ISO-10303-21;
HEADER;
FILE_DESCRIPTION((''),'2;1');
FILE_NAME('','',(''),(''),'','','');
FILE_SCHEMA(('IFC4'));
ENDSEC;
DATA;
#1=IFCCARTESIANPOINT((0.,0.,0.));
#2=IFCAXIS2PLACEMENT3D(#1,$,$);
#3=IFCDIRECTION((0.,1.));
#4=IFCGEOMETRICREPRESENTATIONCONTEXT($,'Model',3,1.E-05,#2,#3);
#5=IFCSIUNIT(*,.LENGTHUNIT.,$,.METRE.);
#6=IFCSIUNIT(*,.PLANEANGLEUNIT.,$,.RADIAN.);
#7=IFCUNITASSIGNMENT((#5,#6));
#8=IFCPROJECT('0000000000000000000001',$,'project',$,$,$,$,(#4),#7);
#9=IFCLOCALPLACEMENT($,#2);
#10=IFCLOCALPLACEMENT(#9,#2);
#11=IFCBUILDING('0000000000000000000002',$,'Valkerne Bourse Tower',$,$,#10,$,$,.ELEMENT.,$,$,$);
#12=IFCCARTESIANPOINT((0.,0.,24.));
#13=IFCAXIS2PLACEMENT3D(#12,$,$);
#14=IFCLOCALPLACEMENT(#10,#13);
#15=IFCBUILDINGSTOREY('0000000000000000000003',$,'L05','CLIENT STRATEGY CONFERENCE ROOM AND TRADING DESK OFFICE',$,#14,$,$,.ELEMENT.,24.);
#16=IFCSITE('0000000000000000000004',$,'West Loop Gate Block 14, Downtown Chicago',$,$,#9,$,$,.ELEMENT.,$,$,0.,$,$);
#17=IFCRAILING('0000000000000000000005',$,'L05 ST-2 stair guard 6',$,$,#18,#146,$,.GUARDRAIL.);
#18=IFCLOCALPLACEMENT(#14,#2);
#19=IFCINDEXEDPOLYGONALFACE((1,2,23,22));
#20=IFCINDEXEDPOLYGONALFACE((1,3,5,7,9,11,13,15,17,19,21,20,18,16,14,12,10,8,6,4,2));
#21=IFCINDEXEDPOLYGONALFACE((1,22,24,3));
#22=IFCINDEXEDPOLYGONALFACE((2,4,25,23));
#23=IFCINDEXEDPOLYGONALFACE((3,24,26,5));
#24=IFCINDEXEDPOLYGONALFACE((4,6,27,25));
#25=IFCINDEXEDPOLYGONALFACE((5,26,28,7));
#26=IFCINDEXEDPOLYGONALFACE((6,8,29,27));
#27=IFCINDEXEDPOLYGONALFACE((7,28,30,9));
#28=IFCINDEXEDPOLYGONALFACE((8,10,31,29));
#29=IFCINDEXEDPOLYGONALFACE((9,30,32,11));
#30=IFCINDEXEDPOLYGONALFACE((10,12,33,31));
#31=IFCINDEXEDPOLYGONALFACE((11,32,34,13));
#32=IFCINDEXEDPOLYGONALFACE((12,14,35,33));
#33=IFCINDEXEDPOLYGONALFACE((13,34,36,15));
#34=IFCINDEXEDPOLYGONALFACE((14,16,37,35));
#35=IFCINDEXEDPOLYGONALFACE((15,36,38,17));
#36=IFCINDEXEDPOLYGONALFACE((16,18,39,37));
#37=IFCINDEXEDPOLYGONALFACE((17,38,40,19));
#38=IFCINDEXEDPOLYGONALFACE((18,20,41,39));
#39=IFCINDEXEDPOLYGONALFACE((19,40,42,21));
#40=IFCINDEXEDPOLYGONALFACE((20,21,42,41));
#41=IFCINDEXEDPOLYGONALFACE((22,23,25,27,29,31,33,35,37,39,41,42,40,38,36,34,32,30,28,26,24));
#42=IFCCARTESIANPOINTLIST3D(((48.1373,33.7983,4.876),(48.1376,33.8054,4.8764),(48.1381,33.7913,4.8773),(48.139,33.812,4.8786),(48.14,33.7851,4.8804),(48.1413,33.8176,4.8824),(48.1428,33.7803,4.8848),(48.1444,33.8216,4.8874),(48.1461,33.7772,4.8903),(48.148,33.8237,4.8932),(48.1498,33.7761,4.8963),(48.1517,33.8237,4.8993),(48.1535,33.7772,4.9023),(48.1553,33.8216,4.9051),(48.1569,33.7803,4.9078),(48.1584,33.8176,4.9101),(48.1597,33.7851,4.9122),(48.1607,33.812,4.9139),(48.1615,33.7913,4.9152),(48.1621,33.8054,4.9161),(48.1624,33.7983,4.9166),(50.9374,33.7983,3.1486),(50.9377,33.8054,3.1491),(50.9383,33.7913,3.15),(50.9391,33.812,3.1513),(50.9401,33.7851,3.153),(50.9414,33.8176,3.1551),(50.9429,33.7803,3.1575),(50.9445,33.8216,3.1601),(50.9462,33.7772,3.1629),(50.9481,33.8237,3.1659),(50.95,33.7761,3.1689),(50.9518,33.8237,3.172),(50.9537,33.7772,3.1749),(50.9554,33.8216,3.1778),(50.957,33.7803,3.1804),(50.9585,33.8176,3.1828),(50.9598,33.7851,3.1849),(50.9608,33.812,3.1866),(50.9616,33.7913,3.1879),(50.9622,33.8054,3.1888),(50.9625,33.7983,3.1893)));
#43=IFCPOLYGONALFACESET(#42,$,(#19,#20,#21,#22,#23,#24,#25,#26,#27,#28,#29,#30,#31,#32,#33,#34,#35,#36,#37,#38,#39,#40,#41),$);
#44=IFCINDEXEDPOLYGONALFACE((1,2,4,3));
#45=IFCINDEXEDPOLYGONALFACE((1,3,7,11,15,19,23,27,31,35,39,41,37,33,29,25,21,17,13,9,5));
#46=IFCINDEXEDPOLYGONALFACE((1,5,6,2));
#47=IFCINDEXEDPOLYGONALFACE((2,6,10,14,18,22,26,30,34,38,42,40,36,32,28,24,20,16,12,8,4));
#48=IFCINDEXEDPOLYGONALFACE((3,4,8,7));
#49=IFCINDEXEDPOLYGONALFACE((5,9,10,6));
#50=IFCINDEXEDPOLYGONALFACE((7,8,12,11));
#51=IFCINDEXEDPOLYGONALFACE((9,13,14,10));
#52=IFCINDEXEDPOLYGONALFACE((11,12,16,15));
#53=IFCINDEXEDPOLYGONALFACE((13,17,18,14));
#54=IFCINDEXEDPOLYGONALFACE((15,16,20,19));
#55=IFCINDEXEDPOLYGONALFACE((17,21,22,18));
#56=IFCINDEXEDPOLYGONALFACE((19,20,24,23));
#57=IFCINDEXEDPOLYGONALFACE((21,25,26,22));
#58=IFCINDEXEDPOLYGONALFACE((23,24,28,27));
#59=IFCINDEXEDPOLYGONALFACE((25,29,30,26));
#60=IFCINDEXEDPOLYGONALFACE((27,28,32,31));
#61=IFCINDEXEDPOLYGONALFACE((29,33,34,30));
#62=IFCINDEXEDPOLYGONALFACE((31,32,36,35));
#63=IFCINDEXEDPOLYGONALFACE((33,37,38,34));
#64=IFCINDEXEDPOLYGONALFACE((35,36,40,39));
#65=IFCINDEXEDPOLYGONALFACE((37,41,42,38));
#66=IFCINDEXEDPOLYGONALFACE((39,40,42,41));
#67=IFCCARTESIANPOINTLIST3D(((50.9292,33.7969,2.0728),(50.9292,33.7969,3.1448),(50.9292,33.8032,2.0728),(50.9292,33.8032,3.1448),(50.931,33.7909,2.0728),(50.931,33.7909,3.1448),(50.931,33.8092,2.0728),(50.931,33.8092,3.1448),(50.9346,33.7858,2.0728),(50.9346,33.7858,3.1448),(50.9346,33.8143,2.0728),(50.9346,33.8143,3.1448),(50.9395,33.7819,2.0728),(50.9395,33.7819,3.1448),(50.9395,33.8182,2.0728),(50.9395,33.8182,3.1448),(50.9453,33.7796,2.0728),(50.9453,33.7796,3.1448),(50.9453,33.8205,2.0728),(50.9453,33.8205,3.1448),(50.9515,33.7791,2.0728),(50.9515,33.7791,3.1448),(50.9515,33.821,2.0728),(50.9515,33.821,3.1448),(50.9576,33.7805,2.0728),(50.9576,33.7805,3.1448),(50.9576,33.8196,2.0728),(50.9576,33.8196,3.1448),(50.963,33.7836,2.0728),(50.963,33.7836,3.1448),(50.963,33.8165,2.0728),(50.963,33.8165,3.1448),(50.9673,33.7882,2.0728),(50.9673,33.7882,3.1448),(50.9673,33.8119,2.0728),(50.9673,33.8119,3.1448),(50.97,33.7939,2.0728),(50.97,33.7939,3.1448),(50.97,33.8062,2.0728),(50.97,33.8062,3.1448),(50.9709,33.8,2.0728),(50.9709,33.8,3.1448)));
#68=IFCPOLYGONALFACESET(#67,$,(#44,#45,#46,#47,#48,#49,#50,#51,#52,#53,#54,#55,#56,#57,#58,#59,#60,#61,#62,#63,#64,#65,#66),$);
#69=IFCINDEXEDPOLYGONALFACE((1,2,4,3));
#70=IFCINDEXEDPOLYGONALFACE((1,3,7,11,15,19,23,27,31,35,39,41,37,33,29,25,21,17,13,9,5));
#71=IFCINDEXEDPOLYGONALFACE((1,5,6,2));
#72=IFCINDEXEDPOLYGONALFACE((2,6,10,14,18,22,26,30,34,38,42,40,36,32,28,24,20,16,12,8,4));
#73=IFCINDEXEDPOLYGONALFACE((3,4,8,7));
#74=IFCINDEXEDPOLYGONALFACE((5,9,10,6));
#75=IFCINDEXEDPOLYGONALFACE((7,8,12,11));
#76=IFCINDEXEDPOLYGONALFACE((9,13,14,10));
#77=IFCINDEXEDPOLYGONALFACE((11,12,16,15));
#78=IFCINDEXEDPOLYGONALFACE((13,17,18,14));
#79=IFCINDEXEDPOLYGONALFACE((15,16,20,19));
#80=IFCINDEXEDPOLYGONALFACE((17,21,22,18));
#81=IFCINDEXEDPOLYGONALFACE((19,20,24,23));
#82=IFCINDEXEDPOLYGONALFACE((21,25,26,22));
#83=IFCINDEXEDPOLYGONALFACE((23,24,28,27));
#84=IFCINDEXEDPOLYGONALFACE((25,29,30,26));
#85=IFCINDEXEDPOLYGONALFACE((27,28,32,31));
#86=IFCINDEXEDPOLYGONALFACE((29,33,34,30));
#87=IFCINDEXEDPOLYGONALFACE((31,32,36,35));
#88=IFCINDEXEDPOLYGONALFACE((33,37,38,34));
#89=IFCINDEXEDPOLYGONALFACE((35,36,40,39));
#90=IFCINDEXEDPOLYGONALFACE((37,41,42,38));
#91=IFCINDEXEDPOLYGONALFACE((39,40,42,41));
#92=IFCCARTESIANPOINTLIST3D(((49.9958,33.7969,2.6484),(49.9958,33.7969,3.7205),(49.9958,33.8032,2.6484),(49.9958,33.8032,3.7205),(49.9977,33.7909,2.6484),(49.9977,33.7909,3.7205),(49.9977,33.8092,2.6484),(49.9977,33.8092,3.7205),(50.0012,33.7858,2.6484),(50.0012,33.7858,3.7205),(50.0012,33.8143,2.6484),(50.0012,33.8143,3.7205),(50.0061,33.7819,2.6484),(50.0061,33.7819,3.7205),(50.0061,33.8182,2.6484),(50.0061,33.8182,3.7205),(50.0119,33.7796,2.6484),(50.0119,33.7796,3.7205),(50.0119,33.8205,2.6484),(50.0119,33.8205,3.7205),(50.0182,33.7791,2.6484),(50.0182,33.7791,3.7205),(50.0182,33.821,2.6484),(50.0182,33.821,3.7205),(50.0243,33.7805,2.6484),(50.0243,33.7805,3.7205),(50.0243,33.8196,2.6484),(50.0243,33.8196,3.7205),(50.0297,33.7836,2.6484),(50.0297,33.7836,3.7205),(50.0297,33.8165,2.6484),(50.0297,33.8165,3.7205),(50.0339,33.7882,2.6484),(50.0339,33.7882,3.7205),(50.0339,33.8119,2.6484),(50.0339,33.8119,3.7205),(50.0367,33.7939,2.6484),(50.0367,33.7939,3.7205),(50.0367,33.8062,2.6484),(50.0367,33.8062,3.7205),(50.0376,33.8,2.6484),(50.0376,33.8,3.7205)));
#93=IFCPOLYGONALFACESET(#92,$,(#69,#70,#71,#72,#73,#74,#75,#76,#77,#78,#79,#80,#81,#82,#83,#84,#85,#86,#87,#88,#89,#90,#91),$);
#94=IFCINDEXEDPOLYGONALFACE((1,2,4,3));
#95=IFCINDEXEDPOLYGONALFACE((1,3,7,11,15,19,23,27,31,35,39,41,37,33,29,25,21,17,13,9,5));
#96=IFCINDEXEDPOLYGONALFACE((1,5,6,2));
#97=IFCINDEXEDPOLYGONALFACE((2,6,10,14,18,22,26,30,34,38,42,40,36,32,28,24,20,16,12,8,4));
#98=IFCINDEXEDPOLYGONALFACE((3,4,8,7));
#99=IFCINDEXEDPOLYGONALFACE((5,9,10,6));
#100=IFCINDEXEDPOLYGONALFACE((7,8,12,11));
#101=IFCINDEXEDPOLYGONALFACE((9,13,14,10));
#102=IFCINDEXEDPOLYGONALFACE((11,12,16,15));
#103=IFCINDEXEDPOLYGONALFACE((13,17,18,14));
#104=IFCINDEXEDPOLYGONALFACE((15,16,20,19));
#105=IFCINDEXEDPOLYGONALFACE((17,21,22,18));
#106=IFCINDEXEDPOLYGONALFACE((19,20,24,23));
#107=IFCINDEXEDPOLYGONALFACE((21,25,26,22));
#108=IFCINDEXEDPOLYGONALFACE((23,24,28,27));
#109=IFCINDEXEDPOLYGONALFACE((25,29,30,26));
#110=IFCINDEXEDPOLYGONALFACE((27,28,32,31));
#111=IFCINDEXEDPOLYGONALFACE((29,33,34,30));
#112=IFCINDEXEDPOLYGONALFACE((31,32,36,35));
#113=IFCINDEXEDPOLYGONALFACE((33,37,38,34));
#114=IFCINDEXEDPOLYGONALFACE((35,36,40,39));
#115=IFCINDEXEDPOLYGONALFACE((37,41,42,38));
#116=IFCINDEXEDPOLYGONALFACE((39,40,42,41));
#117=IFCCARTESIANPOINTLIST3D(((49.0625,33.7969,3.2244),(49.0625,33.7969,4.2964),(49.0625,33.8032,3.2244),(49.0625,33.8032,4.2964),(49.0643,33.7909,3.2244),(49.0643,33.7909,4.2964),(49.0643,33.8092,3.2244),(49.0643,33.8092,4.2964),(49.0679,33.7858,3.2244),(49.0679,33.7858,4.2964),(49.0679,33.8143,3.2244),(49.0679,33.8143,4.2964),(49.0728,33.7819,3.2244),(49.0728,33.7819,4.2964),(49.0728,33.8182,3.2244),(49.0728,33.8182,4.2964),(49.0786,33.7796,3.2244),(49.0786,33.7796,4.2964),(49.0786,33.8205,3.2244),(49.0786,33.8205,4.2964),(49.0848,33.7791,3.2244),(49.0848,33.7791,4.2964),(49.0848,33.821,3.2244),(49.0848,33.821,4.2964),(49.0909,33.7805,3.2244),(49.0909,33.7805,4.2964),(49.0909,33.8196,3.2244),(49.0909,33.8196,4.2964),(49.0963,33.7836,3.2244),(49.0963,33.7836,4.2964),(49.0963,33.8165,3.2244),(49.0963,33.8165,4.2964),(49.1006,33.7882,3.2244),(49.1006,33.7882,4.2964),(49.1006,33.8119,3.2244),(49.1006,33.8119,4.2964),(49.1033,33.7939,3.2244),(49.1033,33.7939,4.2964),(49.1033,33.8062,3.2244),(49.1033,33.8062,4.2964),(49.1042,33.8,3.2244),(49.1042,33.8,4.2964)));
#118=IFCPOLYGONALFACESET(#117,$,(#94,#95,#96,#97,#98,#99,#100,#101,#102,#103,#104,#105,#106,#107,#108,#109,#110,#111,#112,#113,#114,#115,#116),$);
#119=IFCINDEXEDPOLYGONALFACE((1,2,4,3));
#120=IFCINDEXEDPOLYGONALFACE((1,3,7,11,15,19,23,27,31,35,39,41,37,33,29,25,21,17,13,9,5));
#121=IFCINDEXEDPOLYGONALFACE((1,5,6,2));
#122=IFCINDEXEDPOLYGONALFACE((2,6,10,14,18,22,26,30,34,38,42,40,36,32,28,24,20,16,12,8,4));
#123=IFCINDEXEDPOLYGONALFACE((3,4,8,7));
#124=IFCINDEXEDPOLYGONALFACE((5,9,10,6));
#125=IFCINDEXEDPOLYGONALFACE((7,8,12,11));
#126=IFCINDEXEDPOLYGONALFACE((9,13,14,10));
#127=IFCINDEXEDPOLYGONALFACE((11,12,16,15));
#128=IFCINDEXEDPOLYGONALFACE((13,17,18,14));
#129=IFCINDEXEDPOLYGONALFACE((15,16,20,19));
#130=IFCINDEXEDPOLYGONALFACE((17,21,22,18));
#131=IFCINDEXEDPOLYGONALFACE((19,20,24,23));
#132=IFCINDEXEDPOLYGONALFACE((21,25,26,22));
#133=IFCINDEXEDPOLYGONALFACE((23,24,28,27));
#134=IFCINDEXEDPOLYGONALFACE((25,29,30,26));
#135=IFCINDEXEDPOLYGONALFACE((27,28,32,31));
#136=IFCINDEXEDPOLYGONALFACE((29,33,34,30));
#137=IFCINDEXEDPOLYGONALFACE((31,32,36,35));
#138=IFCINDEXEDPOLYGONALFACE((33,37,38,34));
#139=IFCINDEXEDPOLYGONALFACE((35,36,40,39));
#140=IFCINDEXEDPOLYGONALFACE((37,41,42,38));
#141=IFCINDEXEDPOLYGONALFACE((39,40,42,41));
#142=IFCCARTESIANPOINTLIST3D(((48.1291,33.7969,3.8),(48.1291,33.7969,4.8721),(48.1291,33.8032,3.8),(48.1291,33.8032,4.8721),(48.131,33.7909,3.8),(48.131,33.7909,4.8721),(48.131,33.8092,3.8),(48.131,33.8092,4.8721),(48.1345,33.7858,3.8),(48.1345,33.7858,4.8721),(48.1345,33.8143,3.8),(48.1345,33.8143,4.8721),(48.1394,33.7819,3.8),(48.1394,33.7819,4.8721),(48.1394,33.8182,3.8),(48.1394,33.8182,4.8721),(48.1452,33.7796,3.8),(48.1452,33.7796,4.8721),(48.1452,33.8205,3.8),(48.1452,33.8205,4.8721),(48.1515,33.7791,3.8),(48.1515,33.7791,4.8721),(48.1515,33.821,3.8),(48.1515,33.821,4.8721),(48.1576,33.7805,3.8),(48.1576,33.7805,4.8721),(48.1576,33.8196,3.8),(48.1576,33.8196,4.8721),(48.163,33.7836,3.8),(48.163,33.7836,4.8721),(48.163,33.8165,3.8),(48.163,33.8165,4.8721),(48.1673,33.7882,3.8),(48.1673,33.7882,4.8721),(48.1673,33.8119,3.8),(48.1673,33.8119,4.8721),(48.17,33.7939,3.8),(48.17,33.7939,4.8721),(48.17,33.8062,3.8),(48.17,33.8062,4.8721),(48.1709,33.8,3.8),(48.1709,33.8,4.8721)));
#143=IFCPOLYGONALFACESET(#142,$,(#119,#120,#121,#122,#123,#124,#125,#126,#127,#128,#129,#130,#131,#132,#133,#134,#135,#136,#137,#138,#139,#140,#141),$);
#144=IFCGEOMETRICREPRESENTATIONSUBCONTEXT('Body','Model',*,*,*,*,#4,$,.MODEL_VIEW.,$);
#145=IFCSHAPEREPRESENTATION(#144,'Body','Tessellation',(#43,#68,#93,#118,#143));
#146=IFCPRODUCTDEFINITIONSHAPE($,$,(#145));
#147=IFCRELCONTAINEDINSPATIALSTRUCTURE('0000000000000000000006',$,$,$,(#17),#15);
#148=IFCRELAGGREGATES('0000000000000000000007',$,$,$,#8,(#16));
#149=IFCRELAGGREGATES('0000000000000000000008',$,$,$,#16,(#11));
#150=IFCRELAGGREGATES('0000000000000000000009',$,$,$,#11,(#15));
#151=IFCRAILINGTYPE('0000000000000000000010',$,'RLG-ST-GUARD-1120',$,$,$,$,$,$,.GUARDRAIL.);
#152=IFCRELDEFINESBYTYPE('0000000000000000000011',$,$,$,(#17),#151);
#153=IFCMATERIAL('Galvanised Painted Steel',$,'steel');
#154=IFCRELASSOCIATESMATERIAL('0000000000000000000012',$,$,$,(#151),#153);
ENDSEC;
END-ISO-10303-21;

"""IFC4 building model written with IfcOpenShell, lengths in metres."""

from ifc_helpers import new_model, si_unit, direction, frame, origin, origin_2d, place, context, subcontext, project, spatial, circle, extrude, material, type_object, element, save


model = new_model("IFC4")

# Units and contexts
model_context = context("Model", 3, precision=1e-05, world=origin(), true_north=direction((0.0, 1.0)))
body_context = subcontext(model_context, "Body", "Model", "MODEL_VIEW")
ifc_project = project(units=[si_unit("LENGTHUNIT", "METRE"), si_unit("PLANEANGLEUNIT", "RADIAN")], contexts=[model_context])

# Site, building, storey
site_placement = place(None, origin())
site = spatial("IfcSite", under=ifc_project, at=site_placement, Name="West Loop Gate Block 14, Downtown Chicago", CompositionType="ELEMENT", RefElevation=0.0)
building_placement = place(site_placement, origin())
building = spatial("IfcBuilding", under=site, at=building_placement, Name="Valkerne Bourse Tower", CompositionType="ELEMENT")
storey_placement = place(building_placement, frame((0.0, 0.0, 24.0)))
storey = spatial("IfcBuildingStorey", under=building, at=storey_placement, Name="L05", Description="CLIENT STRATEGY CONFERENCE ROOM AND TRADING DESK OFFICE", CompositionType="ELEMENT", Elevation=24.0)

# Shared definitions
ifc_material_1 = material(Name="Galvanised Painted Steel", Category="steel")

# Railing
railing_type_1 = type_object("IfcRailingType", Name="RLG-ST-GUARD-1120", PredefinedType="GUARDRAIL", material=ifc_material_1)
railing_1_placement = place(storey_placement, frame((50.95, 33.8, 2.0728)))
element("IfcRailing", 1, at=railing_1_placement, inside=storey, type_object=railing_type_1, Name="L05 ST-2 stair guard 6", PredefinedType="GUARDRAIL", context=body_context, shape_type="SweptSolid", body=[
    extrude(circle(Radius=0.0239, at=origin_2d()), frame((0.0, 0.0, 1.0962), z_axis=(-0.85109, 0.0, 0.52502), x_axis=(0.0, -1.0, 0.0)), (0.0, 0.0, 1.0), 3.29),
    extrude(circle(Radius=0.021, at=origin_2d()), origin(), (0.0, 0.0, 1.0), 1.072),
    extrude(circle(Radius=0.021, at=origin_2d()), frame((-0.9333, 0.0, 0.5757)), (0.0, 0.0, 1.0), 1.072),
    extrude(circle(Radius=0.021, at=origin_2d()), frame((-1.8667, 0.0, 1.1516)), (0.0, 0.0, 1.0), 1.072),
    extrude(circle(Radius=0.021, at=origin_2d()), frame((-2.8, 0.0, 1.7273)), (0.0, 0.0, 1.0), 1.072),
])

save(model, "model.ifc")
